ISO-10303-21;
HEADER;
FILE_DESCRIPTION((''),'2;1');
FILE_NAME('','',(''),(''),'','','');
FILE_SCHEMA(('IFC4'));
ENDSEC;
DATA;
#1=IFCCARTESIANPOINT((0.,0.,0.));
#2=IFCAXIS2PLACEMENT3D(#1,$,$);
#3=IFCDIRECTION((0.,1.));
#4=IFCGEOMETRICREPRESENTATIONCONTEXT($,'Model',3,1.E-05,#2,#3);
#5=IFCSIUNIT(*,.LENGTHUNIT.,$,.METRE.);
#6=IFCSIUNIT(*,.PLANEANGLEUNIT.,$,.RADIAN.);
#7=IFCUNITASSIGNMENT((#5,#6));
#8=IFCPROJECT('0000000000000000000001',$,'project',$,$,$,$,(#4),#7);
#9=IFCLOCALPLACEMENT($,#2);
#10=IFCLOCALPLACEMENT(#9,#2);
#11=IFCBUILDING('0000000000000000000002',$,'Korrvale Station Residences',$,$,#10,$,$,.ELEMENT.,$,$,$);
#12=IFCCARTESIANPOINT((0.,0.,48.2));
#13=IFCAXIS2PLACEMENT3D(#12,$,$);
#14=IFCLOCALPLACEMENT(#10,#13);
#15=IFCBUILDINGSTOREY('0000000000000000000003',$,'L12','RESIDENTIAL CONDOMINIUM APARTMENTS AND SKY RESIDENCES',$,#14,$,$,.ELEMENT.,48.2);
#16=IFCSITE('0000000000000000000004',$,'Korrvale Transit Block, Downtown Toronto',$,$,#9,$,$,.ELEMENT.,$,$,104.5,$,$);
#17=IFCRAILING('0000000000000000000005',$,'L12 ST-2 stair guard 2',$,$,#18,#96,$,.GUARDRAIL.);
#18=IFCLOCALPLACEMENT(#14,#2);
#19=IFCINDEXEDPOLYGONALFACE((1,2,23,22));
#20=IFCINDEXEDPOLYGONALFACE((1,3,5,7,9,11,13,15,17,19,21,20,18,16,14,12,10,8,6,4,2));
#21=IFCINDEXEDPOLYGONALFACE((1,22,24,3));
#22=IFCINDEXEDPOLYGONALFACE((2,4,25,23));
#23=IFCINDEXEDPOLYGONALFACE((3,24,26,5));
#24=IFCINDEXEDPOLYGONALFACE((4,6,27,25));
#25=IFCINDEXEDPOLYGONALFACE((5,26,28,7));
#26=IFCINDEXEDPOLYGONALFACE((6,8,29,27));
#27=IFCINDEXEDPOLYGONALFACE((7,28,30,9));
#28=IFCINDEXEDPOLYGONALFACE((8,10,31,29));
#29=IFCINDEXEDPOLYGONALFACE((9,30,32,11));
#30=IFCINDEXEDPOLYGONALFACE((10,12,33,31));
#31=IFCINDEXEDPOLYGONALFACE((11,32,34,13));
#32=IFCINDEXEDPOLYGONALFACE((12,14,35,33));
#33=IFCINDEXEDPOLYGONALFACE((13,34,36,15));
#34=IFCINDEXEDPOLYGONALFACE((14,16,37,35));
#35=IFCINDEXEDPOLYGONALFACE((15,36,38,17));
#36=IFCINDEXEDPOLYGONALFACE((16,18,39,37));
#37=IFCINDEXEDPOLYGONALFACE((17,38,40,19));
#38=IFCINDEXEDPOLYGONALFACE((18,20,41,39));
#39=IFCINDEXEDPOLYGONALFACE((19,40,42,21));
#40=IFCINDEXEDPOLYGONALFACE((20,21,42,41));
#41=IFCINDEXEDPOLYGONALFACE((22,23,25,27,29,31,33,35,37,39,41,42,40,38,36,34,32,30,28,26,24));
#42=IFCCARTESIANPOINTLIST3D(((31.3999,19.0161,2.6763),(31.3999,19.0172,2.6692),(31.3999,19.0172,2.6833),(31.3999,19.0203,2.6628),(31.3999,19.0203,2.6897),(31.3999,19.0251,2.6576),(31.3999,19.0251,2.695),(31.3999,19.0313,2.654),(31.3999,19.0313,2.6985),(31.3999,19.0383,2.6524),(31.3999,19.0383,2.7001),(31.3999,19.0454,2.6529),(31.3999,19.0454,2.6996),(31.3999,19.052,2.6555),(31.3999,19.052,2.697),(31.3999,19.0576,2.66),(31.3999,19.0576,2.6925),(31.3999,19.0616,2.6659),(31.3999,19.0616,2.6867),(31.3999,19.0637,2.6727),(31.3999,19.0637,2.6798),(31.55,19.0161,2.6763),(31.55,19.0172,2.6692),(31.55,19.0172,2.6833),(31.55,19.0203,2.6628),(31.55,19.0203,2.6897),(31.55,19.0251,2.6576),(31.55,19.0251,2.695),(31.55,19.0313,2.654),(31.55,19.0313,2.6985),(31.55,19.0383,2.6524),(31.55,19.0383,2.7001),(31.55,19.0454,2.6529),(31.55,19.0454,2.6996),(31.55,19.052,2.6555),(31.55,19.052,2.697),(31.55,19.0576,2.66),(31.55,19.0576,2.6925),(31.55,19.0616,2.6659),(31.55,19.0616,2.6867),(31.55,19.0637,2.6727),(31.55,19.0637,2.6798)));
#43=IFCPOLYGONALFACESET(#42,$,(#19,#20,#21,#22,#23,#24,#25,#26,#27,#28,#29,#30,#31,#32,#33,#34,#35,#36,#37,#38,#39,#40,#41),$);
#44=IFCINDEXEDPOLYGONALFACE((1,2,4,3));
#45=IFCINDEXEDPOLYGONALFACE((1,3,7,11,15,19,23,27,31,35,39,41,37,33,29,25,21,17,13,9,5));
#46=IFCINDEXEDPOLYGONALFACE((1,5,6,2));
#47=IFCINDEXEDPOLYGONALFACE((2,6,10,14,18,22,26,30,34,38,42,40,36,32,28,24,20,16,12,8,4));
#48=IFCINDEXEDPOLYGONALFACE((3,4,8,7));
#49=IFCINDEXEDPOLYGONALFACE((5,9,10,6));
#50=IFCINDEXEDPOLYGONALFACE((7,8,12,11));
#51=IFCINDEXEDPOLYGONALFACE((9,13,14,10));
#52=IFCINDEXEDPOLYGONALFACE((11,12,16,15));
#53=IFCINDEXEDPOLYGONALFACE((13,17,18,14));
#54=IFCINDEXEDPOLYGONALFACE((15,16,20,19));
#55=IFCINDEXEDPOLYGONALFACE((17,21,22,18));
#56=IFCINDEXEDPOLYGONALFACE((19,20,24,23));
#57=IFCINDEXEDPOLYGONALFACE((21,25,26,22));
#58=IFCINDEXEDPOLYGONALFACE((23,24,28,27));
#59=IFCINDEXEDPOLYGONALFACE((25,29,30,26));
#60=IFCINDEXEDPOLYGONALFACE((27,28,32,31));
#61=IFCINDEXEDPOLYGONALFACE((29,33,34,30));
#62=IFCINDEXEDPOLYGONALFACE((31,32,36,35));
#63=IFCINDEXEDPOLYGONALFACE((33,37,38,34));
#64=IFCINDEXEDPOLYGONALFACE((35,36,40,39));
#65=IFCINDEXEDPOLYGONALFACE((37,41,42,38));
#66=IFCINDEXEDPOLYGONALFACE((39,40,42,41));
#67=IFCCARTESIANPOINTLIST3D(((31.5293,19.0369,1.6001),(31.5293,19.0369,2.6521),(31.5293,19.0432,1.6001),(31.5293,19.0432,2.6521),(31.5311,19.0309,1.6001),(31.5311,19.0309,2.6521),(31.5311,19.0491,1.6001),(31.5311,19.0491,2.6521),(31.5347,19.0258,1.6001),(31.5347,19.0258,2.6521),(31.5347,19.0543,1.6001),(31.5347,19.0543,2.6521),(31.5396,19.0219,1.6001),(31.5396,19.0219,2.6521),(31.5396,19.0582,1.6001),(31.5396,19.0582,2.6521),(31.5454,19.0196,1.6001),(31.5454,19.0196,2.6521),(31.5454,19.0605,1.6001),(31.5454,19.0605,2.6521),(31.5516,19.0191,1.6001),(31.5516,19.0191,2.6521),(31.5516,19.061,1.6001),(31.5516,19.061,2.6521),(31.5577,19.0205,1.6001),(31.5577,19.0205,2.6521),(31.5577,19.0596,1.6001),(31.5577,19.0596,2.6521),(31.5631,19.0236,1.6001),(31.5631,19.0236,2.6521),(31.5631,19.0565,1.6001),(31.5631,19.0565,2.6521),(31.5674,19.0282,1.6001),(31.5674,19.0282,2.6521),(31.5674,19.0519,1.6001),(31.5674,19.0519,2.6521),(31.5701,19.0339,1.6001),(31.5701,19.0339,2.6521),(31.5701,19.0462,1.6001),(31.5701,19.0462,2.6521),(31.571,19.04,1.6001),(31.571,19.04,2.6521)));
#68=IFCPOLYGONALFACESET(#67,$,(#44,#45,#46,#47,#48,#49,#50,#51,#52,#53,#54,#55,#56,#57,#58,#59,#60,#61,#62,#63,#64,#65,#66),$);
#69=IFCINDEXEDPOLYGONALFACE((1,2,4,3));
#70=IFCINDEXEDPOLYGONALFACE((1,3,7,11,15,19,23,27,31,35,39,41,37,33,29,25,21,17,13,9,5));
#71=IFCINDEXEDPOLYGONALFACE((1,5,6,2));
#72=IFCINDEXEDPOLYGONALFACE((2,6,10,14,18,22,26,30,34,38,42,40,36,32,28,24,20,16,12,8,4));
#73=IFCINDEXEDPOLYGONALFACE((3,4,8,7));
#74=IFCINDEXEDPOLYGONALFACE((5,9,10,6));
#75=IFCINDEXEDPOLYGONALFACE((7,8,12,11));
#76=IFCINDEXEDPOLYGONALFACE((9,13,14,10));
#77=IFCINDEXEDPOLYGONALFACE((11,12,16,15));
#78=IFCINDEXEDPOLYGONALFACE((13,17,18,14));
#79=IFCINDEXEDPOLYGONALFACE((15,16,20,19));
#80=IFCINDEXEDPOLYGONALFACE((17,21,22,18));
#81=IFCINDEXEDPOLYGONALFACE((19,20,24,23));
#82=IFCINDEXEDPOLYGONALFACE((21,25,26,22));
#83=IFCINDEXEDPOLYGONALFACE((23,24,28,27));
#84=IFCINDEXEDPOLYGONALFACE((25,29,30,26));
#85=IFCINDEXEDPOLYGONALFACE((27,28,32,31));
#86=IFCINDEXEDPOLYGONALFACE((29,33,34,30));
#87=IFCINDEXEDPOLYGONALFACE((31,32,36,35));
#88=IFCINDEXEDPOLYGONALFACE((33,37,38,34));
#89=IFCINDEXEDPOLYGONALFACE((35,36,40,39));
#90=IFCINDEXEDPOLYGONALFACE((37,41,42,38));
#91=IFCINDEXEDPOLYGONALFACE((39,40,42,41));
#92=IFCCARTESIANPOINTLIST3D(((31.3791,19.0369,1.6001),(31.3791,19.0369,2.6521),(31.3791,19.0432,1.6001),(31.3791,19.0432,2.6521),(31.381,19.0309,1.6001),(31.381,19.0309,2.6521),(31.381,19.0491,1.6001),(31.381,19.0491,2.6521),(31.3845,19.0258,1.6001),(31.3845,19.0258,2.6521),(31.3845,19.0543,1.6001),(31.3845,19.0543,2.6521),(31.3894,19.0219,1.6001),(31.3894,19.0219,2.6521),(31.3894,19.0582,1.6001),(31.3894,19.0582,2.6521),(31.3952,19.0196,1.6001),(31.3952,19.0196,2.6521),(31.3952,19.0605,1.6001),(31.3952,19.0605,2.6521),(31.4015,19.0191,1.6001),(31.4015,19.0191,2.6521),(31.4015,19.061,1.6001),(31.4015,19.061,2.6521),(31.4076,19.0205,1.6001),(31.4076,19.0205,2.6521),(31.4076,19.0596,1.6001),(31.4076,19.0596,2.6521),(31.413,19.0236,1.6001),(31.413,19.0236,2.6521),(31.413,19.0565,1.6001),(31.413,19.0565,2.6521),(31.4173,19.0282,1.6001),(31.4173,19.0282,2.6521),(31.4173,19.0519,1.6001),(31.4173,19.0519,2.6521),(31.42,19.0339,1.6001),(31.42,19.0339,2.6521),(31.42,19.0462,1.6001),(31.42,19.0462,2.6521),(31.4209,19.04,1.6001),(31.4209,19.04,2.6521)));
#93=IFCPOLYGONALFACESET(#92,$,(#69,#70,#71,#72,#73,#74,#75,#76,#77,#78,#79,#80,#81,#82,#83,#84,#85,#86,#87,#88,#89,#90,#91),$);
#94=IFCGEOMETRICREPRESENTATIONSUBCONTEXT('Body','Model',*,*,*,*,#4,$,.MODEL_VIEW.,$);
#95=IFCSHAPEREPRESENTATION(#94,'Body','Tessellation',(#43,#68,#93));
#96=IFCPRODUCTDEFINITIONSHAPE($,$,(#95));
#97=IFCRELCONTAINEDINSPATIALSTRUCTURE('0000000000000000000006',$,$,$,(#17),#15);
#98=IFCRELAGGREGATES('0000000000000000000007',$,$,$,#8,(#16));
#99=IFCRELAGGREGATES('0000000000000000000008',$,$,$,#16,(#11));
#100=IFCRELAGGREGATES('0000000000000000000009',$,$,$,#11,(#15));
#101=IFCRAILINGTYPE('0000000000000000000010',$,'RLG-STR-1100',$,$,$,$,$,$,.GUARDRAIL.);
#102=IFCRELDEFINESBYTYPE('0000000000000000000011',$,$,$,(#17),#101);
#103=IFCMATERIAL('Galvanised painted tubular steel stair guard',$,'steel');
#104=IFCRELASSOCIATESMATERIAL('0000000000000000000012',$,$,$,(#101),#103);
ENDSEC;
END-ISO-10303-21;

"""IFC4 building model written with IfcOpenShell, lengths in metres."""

from ifc_helpers import new_model, si_unit, direction, frame, origin, origin_2d, place, context, subcontext, project, spatial, circle, extrude, material, type_object, element, save


model = new_model("IFC4")

# Units and contexts
model_context = context("Model", 3, precision=1e-05, world=origin(), true_north=direction((0.0, 1.0)))
body_context = subcontext(model_context, "Body", "Model", "MODEL_VIEW")
ifc_project = project(units=[si_unit("LENGTHUNIT", "METRE"), si_unit("PLANEANGLEUNIT", "RADIAN")], contexts=[model_context])

# Site, building, storey
site_placement = place(None, origin())
site = spatial("IfcSite", under=ifc_project, at=site_placement, Name="Korrvale Transit Block, Downtown Toronto", CompositionType="ELEMENT", RefElevation=104.5)
building_placement = place(site_placement, origin())
building = spatial("IfcBuilding", under=site, at=building_placement, Name="Korrvale Station Residences", CompositionType="ELEMENT")
storey_placement = place(building_placement, frame((0.0, 0.0, 48.2)))
storey = spatial("IfcBuildingStorey", under=building, at=storey_placement, Name="L12", Description="RESIDENTIAL CONDOMINIUM APARTMENTS AND SKY RESIDENCES", CompositionType="ELEMENT", Elevation=48.2)

# Railing
ifc_material_1 = material(Name="Galvanised painted tubular steel stair guard", Category="steel")
railing_type_1 = type_object("IfcRailingType", Name="RLG-STR-1100", PredefinedType="GUARDRAIL", material=ifc_material_1)
railing_1_placement = place(storey_placement, frame((31.55, 19.04, 1.6001)))
element("IfcRailing", 1, at=railing_1_placement, inside=storey, type_object=railing_type_1, Name="L12 ST-2 stair guard 2", PredefinedType="GUARDRAIL", context=body_context, shape_type="SweptSolid", body=[
    extrude(circle(Radius=0.0239, at=origin_2d()), frame((0.0, 0.0, 1.0762), z_axis=(-1.0, 0.0, 0.0), x_axis=(0.0, -1.0, 0.0)), (0.0, 0.0, 1.0), 0.1501),
    extrude(circle(Radius=0.021, at=origin_2d()), origin(), (0.0, 0.0, 1.0), 1.052),
    extrude(circle(Radius=0.021, at=origin_2d()), frame((-0.1501, 0.0, 0.0)), (0.0, 0.0, 1.0), 1.052),
])

save(model, "model.ifc")
